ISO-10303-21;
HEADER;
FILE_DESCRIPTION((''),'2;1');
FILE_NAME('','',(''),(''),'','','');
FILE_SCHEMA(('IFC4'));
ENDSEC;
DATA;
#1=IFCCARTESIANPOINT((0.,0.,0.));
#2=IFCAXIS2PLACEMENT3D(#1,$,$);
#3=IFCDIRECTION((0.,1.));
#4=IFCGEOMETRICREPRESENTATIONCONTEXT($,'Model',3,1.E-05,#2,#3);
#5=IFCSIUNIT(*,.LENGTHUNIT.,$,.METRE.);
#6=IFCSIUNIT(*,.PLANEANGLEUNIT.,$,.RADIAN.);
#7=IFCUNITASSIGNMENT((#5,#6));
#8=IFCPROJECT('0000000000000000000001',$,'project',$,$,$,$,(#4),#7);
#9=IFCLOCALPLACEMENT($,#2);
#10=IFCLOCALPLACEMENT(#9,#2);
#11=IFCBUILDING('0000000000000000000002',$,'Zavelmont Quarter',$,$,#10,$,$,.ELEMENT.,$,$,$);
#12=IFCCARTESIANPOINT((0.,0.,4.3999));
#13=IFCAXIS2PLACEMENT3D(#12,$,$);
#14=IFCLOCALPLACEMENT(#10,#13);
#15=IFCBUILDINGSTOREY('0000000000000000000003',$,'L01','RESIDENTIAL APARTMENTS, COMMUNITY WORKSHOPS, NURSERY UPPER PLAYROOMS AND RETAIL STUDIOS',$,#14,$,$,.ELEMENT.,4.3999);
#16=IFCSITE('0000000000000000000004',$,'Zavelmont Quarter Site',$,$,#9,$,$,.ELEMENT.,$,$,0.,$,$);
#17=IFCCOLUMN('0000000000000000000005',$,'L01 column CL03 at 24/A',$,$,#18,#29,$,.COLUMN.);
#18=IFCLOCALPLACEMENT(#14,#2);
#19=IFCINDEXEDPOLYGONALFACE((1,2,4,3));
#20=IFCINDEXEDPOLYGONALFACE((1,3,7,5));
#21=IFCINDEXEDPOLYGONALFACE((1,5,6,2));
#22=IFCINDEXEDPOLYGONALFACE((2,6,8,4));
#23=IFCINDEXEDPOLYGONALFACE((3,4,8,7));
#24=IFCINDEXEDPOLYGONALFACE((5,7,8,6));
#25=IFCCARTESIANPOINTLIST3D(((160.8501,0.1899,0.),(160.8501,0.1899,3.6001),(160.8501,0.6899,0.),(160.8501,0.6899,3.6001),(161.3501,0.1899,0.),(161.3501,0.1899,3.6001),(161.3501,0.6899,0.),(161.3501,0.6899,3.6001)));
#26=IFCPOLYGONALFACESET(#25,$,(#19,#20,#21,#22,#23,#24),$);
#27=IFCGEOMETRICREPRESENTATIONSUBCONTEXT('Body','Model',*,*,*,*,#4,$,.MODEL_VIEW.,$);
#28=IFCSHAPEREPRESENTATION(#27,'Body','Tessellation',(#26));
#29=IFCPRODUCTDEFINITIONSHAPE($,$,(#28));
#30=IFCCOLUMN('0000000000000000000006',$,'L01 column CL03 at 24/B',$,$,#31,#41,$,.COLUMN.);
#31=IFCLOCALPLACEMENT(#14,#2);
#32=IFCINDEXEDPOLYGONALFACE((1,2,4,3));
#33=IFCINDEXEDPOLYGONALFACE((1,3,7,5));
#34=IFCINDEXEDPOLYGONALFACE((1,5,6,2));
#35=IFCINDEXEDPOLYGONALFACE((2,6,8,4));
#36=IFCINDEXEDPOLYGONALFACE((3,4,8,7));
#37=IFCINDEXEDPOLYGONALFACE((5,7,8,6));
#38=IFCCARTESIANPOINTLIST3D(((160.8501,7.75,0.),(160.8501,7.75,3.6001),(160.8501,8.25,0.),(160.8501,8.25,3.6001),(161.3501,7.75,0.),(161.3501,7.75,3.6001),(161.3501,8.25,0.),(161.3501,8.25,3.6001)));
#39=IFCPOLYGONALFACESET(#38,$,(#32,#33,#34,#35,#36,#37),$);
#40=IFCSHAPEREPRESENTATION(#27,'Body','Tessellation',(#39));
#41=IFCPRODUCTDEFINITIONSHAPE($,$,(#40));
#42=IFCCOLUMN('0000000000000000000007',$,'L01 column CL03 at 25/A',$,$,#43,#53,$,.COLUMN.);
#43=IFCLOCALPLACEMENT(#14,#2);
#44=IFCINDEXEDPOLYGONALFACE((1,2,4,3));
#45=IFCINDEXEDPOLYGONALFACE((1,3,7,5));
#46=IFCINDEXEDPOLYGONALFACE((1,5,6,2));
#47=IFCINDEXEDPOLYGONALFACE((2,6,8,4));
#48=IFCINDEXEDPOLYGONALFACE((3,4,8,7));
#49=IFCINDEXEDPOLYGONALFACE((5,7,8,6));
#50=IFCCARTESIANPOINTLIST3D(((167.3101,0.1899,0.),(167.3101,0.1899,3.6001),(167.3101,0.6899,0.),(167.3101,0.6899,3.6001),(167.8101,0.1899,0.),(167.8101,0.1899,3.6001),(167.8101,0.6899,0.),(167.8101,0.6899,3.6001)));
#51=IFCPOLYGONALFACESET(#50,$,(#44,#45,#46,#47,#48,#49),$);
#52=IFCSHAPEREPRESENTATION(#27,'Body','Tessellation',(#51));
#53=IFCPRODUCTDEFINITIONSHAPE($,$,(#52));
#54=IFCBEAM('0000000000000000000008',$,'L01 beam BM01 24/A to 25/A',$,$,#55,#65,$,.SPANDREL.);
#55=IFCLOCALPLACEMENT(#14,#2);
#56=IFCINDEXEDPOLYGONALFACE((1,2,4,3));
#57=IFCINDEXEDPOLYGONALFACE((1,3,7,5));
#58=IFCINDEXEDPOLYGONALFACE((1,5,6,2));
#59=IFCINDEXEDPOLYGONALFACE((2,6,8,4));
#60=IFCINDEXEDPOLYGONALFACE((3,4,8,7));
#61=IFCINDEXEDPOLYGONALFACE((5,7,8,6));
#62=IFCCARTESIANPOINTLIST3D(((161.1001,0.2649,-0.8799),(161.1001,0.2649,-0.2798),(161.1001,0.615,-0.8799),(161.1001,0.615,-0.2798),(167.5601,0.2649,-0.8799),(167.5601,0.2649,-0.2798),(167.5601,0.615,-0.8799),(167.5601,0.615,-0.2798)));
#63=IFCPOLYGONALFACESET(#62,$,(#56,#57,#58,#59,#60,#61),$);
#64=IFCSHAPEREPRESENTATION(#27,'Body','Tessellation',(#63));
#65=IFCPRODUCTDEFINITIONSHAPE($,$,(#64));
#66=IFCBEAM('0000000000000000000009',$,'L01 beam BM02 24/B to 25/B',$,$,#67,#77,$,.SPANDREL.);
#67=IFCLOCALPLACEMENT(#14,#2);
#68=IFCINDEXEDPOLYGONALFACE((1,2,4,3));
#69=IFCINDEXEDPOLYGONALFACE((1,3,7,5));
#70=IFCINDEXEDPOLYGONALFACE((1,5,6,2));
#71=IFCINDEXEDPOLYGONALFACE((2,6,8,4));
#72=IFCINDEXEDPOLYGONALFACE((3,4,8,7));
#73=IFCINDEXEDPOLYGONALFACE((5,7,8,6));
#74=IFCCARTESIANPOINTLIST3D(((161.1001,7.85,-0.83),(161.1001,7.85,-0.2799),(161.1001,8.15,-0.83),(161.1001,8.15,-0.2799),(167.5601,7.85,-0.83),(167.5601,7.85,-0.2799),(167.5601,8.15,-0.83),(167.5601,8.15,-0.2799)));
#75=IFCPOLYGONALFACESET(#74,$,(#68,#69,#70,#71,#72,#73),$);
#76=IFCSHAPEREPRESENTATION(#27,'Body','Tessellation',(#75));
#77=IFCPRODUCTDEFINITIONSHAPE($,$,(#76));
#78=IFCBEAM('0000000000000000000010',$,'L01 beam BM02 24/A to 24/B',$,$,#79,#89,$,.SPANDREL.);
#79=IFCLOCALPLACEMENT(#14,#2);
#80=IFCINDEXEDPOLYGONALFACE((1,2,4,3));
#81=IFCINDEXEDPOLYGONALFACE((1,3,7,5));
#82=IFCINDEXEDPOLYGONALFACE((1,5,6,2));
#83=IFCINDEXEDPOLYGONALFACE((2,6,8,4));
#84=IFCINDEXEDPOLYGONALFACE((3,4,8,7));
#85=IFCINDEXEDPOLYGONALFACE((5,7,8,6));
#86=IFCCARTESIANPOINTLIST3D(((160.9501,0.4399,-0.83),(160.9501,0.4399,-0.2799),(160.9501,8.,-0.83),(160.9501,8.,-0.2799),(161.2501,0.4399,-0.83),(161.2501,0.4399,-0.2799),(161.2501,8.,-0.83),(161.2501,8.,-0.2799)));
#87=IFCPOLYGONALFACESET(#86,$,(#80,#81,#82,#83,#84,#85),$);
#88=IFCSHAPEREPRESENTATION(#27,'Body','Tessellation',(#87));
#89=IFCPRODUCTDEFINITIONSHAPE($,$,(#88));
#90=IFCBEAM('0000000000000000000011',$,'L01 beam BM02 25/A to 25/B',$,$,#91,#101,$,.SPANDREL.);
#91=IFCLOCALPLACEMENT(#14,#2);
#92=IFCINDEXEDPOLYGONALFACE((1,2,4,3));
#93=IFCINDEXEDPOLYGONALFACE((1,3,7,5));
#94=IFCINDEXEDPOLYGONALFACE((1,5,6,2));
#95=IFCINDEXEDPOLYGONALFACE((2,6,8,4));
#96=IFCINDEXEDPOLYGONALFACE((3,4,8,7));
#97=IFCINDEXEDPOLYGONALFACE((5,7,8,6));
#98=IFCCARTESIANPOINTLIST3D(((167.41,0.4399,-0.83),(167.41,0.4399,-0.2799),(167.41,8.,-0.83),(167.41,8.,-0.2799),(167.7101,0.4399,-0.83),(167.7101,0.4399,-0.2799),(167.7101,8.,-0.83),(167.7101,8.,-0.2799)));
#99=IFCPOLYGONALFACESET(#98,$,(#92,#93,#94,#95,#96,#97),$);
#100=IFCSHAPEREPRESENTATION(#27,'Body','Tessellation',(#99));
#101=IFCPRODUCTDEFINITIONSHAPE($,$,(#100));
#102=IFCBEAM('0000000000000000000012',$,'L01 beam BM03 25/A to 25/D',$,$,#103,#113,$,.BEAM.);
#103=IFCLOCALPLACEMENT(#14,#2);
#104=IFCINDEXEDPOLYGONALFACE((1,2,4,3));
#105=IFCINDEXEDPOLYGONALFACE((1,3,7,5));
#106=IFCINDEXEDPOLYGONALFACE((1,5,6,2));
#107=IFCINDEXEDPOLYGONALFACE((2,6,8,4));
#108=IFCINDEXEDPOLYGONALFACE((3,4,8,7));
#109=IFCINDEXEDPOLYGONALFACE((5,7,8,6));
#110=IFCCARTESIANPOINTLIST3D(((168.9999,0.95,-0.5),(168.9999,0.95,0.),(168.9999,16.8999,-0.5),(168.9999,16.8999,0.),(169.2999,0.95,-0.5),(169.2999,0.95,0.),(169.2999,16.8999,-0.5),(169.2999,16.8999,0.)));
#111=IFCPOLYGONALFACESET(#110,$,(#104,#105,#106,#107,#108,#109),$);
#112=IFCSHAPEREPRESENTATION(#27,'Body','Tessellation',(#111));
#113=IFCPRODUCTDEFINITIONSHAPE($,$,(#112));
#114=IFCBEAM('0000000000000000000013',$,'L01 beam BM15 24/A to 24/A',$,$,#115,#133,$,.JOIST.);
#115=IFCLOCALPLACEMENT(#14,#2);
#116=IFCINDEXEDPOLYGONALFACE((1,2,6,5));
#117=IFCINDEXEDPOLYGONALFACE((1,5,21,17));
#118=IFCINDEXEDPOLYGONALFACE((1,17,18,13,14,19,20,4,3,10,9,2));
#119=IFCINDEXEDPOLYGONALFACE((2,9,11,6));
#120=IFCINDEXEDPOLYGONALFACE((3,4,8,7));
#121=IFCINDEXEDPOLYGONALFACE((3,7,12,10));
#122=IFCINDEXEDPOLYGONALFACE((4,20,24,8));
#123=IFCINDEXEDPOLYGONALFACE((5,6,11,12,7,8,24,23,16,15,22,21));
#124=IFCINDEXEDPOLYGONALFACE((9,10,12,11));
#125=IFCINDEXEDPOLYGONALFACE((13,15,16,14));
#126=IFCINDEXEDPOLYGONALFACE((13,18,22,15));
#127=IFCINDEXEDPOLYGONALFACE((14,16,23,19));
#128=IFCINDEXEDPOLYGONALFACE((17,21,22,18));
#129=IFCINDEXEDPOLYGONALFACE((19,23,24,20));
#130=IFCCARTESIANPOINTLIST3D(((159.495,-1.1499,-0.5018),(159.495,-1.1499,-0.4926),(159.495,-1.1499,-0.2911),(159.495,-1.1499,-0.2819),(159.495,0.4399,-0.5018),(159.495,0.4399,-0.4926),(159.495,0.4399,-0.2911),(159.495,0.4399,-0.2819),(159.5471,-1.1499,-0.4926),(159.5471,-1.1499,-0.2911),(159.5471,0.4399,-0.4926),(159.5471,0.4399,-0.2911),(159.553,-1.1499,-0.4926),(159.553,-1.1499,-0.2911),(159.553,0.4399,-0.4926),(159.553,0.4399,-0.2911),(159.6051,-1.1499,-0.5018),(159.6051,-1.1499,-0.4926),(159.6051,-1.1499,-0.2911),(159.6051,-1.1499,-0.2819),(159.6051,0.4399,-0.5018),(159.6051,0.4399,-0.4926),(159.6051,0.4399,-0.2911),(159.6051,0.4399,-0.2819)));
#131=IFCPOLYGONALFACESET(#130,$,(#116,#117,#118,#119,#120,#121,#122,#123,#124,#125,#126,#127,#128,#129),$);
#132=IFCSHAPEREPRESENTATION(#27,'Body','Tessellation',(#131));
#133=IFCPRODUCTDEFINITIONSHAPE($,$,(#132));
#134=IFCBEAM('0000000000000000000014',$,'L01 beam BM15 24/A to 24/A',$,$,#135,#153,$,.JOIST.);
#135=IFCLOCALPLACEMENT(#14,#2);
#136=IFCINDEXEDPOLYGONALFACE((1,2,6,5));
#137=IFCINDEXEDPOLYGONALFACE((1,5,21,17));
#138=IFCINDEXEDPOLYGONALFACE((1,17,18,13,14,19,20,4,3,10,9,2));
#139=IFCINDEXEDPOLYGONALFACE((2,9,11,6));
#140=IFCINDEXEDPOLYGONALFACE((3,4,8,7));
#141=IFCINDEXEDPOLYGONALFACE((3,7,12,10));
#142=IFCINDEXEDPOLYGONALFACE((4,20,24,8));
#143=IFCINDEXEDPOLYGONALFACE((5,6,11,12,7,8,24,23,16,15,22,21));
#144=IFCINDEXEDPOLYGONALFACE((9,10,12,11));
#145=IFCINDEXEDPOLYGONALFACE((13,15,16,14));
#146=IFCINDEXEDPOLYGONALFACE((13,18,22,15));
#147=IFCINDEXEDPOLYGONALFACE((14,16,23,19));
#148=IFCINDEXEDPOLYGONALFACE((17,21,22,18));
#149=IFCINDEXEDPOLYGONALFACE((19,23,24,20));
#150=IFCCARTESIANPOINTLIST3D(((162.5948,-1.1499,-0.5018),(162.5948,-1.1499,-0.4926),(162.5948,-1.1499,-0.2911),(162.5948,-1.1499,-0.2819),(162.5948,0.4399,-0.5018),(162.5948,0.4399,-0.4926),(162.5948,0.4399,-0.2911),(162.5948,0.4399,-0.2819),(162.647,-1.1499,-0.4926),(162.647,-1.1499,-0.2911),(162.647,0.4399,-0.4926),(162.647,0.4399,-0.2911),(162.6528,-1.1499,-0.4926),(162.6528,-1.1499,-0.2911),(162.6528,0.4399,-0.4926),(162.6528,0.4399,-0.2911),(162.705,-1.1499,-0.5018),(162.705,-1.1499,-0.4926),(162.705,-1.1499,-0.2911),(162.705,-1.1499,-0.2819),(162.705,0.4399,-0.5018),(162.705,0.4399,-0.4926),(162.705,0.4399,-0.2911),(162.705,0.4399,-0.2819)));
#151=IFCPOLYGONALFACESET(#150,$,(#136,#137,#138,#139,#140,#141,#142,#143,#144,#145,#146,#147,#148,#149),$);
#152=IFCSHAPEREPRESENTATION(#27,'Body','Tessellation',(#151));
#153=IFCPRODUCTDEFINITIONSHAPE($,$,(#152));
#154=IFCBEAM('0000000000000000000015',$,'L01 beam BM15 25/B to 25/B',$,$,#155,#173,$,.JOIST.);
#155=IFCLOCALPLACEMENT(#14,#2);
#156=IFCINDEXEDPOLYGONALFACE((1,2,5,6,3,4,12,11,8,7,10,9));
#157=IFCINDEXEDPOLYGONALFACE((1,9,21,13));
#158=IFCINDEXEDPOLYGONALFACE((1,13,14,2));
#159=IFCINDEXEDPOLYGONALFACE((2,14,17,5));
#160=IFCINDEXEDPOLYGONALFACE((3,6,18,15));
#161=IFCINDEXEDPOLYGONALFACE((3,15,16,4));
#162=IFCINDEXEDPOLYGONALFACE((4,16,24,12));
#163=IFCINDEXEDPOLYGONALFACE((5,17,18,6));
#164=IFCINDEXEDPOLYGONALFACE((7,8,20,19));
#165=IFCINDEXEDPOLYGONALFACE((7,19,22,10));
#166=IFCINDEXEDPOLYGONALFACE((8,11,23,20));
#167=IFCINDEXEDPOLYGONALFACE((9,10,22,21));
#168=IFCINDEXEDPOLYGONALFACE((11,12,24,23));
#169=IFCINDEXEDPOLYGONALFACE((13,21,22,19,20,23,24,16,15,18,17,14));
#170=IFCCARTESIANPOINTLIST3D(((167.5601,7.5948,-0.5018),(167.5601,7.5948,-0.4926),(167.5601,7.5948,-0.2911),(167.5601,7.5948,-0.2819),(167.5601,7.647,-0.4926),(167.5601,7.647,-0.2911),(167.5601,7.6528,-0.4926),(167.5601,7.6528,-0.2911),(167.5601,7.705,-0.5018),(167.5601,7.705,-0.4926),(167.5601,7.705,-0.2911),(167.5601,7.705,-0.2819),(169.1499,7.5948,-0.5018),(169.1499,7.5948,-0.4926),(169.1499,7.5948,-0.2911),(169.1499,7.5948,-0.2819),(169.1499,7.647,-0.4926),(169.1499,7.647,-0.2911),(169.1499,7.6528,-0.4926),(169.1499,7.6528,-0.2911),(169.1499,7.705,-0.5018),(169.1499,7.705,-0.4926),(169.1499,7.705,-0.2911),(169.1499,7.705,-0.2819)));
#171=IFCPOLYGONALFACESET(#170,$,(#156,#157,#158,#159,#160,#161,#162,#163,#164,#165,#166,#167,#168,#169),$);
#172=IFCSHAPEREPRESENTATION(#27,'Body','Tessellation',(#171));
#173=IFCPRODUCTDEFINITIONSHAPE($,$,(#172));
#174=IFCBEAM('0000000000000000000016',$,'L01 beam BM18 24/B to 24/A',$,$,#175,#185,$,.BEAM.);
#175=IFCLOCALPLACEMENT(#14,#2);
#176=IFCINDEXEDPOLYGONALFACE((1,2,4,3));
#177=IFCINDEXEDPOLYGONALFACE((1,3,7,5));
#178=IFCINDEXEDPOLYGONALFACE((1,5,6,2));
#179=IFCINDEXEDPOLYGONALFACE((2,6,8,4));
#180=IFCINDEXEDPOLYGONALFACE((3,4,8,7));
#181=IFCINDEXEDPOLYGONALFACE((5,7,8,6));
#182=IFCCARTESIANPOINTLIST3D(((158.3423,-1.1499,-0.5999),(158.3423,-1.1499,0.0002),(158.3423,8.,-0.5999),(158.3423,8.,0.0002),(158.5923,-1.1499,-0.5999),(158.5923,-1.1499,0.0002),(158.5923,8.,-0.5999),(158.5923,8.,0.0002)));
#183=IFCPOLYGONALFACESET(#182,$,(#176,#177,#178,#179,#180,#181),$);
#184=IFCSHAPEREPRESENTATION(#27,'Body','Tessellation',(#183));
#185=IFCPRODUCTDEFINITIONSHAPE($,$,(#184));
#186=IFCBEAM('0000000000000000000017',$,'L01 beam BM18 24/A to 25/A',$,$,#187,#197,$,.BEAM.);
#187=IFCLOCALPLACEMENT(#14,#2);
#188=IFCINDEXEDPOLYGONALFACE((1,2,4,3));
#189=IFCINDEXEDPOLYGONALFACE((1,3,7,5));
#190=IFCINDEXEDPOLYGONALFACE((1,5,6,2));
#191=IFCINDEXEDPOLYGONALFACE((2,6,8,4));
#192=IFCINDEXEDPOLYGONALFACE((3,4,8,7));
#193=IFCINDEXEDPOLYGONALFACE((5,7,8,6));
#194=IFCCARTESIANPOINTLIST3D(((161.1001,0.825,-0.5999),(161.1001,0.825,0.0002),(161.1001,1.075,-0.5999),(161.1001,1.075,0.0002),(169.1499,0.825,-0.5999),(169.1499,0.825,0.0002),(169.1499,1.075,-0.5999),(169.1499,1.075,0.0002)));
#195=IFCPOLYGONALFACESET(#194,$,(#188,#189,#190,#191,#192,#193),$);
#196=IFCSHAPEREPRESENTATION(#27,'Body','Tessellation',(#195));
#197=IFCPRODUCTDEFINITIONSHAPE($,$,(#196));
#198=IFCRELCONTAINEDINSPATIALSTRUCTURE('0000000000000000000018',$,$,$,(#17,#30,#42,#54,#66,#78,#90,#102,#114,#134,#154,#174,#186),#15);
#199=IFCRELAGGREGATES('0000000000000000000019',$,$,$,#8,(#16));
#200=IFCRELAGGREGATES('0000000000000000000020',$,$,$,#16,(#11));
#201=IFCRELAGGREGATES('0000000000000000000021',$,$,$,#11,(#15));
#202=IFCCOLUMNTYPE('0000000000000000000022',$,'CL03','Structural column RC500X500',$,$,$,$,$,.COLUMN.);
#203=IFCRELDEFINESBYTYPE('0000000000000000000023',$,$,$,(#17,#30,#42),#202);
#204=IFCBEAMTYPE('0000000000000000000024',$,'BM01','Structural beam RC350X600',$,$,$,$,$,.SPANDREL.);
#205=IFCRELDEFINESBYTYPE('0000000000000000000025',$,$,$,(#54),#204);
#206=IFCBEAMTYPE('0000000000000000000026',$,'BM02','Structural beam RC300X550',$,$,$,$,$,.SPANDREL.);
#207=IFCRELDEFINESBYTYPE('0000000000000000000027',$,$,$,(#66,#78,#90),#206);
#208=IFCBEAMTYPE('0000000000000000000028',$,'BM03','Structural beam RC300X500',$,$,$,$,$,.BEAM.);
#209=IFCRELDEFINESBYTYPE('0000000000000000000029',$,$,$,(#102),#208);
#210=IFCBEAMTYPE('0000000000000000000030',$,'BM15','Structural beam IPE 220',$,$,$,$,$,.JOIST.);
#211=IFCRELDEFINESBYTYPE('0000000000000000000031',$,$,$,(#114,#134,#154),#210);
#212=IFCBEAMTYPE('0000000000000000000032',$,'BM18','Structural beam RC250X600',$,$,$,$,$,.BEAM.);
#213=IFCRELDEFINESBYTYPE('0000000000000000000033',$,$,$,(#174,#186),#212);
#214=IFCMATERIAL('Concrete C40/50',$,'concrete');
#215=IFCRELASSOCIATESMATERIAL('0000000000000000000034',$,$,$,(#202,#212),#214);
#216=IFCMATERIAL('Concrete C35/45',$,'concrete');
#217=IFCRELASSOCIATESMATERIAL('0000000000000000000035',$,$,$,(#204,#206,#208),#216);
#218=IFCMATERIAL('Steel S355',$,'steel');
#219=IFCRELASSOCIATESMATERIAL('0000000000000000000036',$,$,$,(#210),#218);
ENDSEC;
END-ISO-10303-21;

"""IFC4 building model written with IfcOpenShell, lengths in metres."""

from ifc_helpers import new_model, si_unit, direction, frame, origin, origin_2d, place, context, subcontext, project, spatial, rectangle, i_section, extrude, material, material_profile, profile_set, type_object, element, save


model = new_model("IFC4")

# Units and contexts
model_context = context("Model", 3, precision=1e-05, world=origin(), true_north=direction((0.0, 1.0)))
body_context = subcontext(model_context, "Body", "Model", "MODEL_VIEW")
ifc_project = project(units=[si_unit("LENGTHUNIT", "METRE"), si_unit("PLANEANGLEUNIT", "RADIAN")], contexts=[model_context])

# Site, building, storey
site_placement = place(None, origin())
site = spatial("IfcSite", under=ifc_project, at=site_placement, Name="Zavelmont Quarter Site", CompositionType="ELEMENT", RefElevation=0.0)
building_placement = place(site_placement, origin())
building = spatial("IfcBuilding", under=site, at=building_placement, Name="Zavelmont Quarter", CompositionType="ELEMENT")
storey_placement = place(building_placement, frame((0.0, 0.0, 4.3999)))
storey = spatial("IfcBuildingStorey", under=building, at=storey_placement, Name="L01", Description="RESIDENTIAL APARTMENTS, COMMUNITY WORKSHOPS, NURSERY UPPER PLAYROOMS AND RETAIL STUDIOS", CompositionType="ELEMENT", Elevation=4.3999)

# Columns
ifc_material_1 = material(Name="Concrete C40/50", Category="concrete")
ifc_material_profile_1 = material_profile(ifc_material_1, rectangle(XDim=0.5, YDim=0.5, at=origin_2d()), Name="RC500X500")
ifc_profile_set_1 = profile_set([ifc_material_profile_1], Name="Concrete C40/50")
column_type = type_object("IfcColumnType", Name="CL03", Description="Structural column RC500X500", PredefinedType="COLUMN", material=ifc_profile_set_1)
for number, where, z_axis, x_axis, name in (
    (1, (161.1001, 0.4399, 0.0), (0.0, 0.0, 1.0), (1.0, 0.0, 0.0), "L01 column CL03 at 24/A"),
    (2, (161.1001, 8.0, 0.0), (0.0, 0.0, 1.0), (1.0, 0.0, 0.0), "L01 column CL03 at 24/B"),
    (3, (167.5601, 0.4399, 0.0), (0.0, 0.0, 1.0), (1.0, 0.0, 0.0), "L01 column CL03 at 25/A"),
):
    element("IfcColumn", number, at=place(storey_placement, frame(where, z_axis=z_axis, x_axis=x_axis)), inside=storey, type_object=column_type, Name=name, PredefinedType="COLUMN", context=body_context, shape_type="SweptSolid", body=[
        extrude(rectangle(XDim=0.5, YDim=0.5, at=origin_2d()), origin(), (0.0, 0.0, 1.0), 3.6001),
    ])

# Beams
ifc_material_2 = material(Name="Concrete C35/45", Category="concrete")
ifc_material_profile_2 = material_profile(ifc_material_2, rectangle(XDim=0.3501, YDim=0.6001, at=origin_2d()), Name="RC350X600")
ifc_profile_set_2 = profile_set([ifc_material_profile_2], Name="Concrete C35/45")
beam_type_1 = type_object("IfcBeamType", Name="BM01", Description="Structural beam RC350X600", PredefinedType="SPANDREL", material=ifc_profile_set_2)
beam_1_placement = place(storey_placement, frame((161.1001, 0.4399, -0.5798), z_axis=(1.0, 0.0, 0.0), x_axis=(0.0, 1.0, 0.0)))
element("IfcBeam", 4, at=beam_1_placement, inside=storey, type_object=beam_type_1, Name="L01 beam BM01 24/A to 25/A", PredefinedType="SPANDREL", context=body_context, shape_type="SweptSolid", body=[
    extrude(rectangle(XDim=0.3501, YDim=0.6001, at=origin_2d()), origin(), (0.0, 0.0, 1.0), 6.46),
])
ifc_material_profile_3 = material_profile(ifc_material_2, rectangle(XDim=0.3, YDim=0.55, at=origin_2d()), Name="RC300X550")
ifc_profile_set_3 = profile_set([ifc_material_profile_3], Name="Concrete C35/45")
beam_type_2 = type_object("IfcBeamType", Name="BM02", Description="Structural beam RC300X550", PredefinedType="SPANDREL", material=ifc_profile_set_3)
beam_2_placement = place(storey_placement, frame((161.1001, 8.0, -0.5549), z_axis=(1.0, 0.0, 0.0), x_axis=(0.0, 1.0, 0.0)))
element("IfcBeam", 5, at=beam_2_placement, inside=storey, type_object=beam_type_2, Name="L01 beam BM02 24/B to 25/B", PredefinedType="SPANDREL", context=body_context, shape_type="SweptSolid", body=[
    extrude(rectangle(XDim=0.3, YDim=0.55, at=origin_2d()), origin(), (0.0, 0.0, 1.0), 6.46),
])
for number, where, z_axis, x_axis, name in (
    (6, (161.1001, 0.4399, -0.5549), (0.0, 1.0, 0.0), (-1.0, 0.0, 0.0), "L01 beam BM02 24/A to 24/B"),
    (7, (167.5601, 0.4399, -0.5549), (0.0, 1.0, 0.0), (-1.0, 0.0, 0.0), "L01 beam BM02 25/A to 25/B"),
):
    element("IfcBeam", number, at=place(storey_placement, frame(where, z_axis=z_axis, x_axis=x_axis)), inside=storey, type_object=beam_type_2, Name=name, PredefinedType="SPANDREL", context=body_context, shape_type="SweptSolid", body=[
        extrude(rectangle(XDim=0.3, YDim=0.55, at=origin_2d()), origin(), (0.0, 0.0, 1.0), 7.5601),
    ])
ifc_material_profile_4 = material_profile(ifc_material_2, rectangle(XDim=0.3, YDim=0.5, at=origin_2d()), Name="RC300X500")
ifc_profile_set_4 = profile_set([ifc_material_profile_4], Name="Concrete C35/45")
beam_type_3 = type_object("IfcBeamType", Name="BM03", Description="Structural beam RC300X500", PredefinedType="BEAM", material=ifc_profile_set_4)
beam_3_placement = place(storey_placement, frame((169.1499, 0.95, -0.25), z_axis=(0.0, 1.0, 0.0), x_axis=(-1.0, 0.0, 0.0)))
element("IfcBeam", 8, at=beam_3_placement, inside=storey, type_object=beam_type_3, Name="L01 beam BM03 25/A to 25/D", PredefinedType="BEAM", context=body_context, shape_type="SweptSolid", body=[
    extrude(rectangle(XDim=0.3, YDim=0.5, at=origin_2d()), origin(), (0.0, 0.0, 1.0), 15.95),
])
ifc_material_3 = material(Name="Steel S355", Category="steel")
ifc_material_profile_5 = material_profile(ifc_material_3, i_section(OverallWidth=0.1101, OverallDepth=0.22, WebThickness=0.0059, FlangeThickness=0.0093, at=origin_2d()), Name="IPE 220")
ifc_profile_set_5 = profile_set([ifc_material_profile_5], Name="Steel S355")
beam_type_4 = type_object("IfcBeamType", Name="BM15", Description="Structural beam IPE 220", PredefinedType="JOIST", material=ifc_profile_set_5)
for number, where, z_axis, x_axis, name in (
    (9, (159.55, 0.4399, -0.3918), (0.0, -1.0, 0.0), (1.0, 0.0, 0.0), "L01 beam BM15 24/A to 24/A"),
    (10, (162.6499, 0.4399, -0.3918), (0.0, -1.0, 0.0), (1.0, 0.0, 0.0), "L01 beam BM15 24/A to 24/A"),
    (11, (167.5601, 7.6499, -0.3918), (1.0, 0.0, 0.0), (0.0, 1.0, 0.0), "L01 beam BM15 25/B to 25/B"),
):
    element("IfcBeam", number, at=place(storey_placement, frame(where, z_axis=z_axis, x_axis=x_axis)), inside=storey, type_object=beam_type_4, Name=name, PredefinedType="JOIST", context=body_context, shape_type="SweptSolid", body=[
        extrude(i_section(OverallWidth=0.1101, OverallDepth=0.22, WebThickness=0.0059, FlangeThickness=0.0093, at=origin_2d()), origin(), (0.0, 0.0, 1.0), 1.5898),
    ])
ifc_material_profile_6 = material_profile(ifc_material_1, rectangle(XDim=0.25, YDim=0.6001, at=origin_2d()), Name="RC250X600")
ifc_profile_set_6 = profile_set([ifc_material_profile_6], Name="Concrete C40/50")
beam_type_5 = type_object("IfcBeamType", Name="BM18", Description="Structural beam RC250X600", PredefinedType="BEAM", material=ifc_profile_set_6)
beam_4_placement = place(storey_placement, frame((158.4673, 8.0, -0.2998), z_axis=(0.0, -1.0, 0.0), x_axis=(1.0, 0.0, 0.0)))
element("IfcBeam", 12, at=beam_4_placement, inside=storey, type_object=beam_type_5, Name="L01 beam BM18 24/B to 24/A", PredefinedType="BEAM", context=body_context, shape_type="SweptSolid", body=[
    extrude(rectangle(XDim=0.25, YDim=0.6001, at=origin_2d()), origin(), (0.0, 0.0, 1.0), 9.1499),
])
beam_5_placement = place(storey_placement, frame((161.1001, 0.95, -0.2998), z_axis=(1.0, 0.0, 0.0), x_axis=(0.0, 1.0, 0.0)))
element("IfcBeam", 13, at=beam_5_placement, inside=storey, type_object=beam_type_5, Name="L01 beam BM18 24/A to 25/A", PredefinedType="BEAM", context=body_context, shape_type="SweptSolid", body=[
    extrude(rectangle(XDim=0.25, YDim=0.6001, at=origin_2d()), origin(), (0.0, 0.0, 1.0), 8.0498),
])

save(model, "model.ifc")
